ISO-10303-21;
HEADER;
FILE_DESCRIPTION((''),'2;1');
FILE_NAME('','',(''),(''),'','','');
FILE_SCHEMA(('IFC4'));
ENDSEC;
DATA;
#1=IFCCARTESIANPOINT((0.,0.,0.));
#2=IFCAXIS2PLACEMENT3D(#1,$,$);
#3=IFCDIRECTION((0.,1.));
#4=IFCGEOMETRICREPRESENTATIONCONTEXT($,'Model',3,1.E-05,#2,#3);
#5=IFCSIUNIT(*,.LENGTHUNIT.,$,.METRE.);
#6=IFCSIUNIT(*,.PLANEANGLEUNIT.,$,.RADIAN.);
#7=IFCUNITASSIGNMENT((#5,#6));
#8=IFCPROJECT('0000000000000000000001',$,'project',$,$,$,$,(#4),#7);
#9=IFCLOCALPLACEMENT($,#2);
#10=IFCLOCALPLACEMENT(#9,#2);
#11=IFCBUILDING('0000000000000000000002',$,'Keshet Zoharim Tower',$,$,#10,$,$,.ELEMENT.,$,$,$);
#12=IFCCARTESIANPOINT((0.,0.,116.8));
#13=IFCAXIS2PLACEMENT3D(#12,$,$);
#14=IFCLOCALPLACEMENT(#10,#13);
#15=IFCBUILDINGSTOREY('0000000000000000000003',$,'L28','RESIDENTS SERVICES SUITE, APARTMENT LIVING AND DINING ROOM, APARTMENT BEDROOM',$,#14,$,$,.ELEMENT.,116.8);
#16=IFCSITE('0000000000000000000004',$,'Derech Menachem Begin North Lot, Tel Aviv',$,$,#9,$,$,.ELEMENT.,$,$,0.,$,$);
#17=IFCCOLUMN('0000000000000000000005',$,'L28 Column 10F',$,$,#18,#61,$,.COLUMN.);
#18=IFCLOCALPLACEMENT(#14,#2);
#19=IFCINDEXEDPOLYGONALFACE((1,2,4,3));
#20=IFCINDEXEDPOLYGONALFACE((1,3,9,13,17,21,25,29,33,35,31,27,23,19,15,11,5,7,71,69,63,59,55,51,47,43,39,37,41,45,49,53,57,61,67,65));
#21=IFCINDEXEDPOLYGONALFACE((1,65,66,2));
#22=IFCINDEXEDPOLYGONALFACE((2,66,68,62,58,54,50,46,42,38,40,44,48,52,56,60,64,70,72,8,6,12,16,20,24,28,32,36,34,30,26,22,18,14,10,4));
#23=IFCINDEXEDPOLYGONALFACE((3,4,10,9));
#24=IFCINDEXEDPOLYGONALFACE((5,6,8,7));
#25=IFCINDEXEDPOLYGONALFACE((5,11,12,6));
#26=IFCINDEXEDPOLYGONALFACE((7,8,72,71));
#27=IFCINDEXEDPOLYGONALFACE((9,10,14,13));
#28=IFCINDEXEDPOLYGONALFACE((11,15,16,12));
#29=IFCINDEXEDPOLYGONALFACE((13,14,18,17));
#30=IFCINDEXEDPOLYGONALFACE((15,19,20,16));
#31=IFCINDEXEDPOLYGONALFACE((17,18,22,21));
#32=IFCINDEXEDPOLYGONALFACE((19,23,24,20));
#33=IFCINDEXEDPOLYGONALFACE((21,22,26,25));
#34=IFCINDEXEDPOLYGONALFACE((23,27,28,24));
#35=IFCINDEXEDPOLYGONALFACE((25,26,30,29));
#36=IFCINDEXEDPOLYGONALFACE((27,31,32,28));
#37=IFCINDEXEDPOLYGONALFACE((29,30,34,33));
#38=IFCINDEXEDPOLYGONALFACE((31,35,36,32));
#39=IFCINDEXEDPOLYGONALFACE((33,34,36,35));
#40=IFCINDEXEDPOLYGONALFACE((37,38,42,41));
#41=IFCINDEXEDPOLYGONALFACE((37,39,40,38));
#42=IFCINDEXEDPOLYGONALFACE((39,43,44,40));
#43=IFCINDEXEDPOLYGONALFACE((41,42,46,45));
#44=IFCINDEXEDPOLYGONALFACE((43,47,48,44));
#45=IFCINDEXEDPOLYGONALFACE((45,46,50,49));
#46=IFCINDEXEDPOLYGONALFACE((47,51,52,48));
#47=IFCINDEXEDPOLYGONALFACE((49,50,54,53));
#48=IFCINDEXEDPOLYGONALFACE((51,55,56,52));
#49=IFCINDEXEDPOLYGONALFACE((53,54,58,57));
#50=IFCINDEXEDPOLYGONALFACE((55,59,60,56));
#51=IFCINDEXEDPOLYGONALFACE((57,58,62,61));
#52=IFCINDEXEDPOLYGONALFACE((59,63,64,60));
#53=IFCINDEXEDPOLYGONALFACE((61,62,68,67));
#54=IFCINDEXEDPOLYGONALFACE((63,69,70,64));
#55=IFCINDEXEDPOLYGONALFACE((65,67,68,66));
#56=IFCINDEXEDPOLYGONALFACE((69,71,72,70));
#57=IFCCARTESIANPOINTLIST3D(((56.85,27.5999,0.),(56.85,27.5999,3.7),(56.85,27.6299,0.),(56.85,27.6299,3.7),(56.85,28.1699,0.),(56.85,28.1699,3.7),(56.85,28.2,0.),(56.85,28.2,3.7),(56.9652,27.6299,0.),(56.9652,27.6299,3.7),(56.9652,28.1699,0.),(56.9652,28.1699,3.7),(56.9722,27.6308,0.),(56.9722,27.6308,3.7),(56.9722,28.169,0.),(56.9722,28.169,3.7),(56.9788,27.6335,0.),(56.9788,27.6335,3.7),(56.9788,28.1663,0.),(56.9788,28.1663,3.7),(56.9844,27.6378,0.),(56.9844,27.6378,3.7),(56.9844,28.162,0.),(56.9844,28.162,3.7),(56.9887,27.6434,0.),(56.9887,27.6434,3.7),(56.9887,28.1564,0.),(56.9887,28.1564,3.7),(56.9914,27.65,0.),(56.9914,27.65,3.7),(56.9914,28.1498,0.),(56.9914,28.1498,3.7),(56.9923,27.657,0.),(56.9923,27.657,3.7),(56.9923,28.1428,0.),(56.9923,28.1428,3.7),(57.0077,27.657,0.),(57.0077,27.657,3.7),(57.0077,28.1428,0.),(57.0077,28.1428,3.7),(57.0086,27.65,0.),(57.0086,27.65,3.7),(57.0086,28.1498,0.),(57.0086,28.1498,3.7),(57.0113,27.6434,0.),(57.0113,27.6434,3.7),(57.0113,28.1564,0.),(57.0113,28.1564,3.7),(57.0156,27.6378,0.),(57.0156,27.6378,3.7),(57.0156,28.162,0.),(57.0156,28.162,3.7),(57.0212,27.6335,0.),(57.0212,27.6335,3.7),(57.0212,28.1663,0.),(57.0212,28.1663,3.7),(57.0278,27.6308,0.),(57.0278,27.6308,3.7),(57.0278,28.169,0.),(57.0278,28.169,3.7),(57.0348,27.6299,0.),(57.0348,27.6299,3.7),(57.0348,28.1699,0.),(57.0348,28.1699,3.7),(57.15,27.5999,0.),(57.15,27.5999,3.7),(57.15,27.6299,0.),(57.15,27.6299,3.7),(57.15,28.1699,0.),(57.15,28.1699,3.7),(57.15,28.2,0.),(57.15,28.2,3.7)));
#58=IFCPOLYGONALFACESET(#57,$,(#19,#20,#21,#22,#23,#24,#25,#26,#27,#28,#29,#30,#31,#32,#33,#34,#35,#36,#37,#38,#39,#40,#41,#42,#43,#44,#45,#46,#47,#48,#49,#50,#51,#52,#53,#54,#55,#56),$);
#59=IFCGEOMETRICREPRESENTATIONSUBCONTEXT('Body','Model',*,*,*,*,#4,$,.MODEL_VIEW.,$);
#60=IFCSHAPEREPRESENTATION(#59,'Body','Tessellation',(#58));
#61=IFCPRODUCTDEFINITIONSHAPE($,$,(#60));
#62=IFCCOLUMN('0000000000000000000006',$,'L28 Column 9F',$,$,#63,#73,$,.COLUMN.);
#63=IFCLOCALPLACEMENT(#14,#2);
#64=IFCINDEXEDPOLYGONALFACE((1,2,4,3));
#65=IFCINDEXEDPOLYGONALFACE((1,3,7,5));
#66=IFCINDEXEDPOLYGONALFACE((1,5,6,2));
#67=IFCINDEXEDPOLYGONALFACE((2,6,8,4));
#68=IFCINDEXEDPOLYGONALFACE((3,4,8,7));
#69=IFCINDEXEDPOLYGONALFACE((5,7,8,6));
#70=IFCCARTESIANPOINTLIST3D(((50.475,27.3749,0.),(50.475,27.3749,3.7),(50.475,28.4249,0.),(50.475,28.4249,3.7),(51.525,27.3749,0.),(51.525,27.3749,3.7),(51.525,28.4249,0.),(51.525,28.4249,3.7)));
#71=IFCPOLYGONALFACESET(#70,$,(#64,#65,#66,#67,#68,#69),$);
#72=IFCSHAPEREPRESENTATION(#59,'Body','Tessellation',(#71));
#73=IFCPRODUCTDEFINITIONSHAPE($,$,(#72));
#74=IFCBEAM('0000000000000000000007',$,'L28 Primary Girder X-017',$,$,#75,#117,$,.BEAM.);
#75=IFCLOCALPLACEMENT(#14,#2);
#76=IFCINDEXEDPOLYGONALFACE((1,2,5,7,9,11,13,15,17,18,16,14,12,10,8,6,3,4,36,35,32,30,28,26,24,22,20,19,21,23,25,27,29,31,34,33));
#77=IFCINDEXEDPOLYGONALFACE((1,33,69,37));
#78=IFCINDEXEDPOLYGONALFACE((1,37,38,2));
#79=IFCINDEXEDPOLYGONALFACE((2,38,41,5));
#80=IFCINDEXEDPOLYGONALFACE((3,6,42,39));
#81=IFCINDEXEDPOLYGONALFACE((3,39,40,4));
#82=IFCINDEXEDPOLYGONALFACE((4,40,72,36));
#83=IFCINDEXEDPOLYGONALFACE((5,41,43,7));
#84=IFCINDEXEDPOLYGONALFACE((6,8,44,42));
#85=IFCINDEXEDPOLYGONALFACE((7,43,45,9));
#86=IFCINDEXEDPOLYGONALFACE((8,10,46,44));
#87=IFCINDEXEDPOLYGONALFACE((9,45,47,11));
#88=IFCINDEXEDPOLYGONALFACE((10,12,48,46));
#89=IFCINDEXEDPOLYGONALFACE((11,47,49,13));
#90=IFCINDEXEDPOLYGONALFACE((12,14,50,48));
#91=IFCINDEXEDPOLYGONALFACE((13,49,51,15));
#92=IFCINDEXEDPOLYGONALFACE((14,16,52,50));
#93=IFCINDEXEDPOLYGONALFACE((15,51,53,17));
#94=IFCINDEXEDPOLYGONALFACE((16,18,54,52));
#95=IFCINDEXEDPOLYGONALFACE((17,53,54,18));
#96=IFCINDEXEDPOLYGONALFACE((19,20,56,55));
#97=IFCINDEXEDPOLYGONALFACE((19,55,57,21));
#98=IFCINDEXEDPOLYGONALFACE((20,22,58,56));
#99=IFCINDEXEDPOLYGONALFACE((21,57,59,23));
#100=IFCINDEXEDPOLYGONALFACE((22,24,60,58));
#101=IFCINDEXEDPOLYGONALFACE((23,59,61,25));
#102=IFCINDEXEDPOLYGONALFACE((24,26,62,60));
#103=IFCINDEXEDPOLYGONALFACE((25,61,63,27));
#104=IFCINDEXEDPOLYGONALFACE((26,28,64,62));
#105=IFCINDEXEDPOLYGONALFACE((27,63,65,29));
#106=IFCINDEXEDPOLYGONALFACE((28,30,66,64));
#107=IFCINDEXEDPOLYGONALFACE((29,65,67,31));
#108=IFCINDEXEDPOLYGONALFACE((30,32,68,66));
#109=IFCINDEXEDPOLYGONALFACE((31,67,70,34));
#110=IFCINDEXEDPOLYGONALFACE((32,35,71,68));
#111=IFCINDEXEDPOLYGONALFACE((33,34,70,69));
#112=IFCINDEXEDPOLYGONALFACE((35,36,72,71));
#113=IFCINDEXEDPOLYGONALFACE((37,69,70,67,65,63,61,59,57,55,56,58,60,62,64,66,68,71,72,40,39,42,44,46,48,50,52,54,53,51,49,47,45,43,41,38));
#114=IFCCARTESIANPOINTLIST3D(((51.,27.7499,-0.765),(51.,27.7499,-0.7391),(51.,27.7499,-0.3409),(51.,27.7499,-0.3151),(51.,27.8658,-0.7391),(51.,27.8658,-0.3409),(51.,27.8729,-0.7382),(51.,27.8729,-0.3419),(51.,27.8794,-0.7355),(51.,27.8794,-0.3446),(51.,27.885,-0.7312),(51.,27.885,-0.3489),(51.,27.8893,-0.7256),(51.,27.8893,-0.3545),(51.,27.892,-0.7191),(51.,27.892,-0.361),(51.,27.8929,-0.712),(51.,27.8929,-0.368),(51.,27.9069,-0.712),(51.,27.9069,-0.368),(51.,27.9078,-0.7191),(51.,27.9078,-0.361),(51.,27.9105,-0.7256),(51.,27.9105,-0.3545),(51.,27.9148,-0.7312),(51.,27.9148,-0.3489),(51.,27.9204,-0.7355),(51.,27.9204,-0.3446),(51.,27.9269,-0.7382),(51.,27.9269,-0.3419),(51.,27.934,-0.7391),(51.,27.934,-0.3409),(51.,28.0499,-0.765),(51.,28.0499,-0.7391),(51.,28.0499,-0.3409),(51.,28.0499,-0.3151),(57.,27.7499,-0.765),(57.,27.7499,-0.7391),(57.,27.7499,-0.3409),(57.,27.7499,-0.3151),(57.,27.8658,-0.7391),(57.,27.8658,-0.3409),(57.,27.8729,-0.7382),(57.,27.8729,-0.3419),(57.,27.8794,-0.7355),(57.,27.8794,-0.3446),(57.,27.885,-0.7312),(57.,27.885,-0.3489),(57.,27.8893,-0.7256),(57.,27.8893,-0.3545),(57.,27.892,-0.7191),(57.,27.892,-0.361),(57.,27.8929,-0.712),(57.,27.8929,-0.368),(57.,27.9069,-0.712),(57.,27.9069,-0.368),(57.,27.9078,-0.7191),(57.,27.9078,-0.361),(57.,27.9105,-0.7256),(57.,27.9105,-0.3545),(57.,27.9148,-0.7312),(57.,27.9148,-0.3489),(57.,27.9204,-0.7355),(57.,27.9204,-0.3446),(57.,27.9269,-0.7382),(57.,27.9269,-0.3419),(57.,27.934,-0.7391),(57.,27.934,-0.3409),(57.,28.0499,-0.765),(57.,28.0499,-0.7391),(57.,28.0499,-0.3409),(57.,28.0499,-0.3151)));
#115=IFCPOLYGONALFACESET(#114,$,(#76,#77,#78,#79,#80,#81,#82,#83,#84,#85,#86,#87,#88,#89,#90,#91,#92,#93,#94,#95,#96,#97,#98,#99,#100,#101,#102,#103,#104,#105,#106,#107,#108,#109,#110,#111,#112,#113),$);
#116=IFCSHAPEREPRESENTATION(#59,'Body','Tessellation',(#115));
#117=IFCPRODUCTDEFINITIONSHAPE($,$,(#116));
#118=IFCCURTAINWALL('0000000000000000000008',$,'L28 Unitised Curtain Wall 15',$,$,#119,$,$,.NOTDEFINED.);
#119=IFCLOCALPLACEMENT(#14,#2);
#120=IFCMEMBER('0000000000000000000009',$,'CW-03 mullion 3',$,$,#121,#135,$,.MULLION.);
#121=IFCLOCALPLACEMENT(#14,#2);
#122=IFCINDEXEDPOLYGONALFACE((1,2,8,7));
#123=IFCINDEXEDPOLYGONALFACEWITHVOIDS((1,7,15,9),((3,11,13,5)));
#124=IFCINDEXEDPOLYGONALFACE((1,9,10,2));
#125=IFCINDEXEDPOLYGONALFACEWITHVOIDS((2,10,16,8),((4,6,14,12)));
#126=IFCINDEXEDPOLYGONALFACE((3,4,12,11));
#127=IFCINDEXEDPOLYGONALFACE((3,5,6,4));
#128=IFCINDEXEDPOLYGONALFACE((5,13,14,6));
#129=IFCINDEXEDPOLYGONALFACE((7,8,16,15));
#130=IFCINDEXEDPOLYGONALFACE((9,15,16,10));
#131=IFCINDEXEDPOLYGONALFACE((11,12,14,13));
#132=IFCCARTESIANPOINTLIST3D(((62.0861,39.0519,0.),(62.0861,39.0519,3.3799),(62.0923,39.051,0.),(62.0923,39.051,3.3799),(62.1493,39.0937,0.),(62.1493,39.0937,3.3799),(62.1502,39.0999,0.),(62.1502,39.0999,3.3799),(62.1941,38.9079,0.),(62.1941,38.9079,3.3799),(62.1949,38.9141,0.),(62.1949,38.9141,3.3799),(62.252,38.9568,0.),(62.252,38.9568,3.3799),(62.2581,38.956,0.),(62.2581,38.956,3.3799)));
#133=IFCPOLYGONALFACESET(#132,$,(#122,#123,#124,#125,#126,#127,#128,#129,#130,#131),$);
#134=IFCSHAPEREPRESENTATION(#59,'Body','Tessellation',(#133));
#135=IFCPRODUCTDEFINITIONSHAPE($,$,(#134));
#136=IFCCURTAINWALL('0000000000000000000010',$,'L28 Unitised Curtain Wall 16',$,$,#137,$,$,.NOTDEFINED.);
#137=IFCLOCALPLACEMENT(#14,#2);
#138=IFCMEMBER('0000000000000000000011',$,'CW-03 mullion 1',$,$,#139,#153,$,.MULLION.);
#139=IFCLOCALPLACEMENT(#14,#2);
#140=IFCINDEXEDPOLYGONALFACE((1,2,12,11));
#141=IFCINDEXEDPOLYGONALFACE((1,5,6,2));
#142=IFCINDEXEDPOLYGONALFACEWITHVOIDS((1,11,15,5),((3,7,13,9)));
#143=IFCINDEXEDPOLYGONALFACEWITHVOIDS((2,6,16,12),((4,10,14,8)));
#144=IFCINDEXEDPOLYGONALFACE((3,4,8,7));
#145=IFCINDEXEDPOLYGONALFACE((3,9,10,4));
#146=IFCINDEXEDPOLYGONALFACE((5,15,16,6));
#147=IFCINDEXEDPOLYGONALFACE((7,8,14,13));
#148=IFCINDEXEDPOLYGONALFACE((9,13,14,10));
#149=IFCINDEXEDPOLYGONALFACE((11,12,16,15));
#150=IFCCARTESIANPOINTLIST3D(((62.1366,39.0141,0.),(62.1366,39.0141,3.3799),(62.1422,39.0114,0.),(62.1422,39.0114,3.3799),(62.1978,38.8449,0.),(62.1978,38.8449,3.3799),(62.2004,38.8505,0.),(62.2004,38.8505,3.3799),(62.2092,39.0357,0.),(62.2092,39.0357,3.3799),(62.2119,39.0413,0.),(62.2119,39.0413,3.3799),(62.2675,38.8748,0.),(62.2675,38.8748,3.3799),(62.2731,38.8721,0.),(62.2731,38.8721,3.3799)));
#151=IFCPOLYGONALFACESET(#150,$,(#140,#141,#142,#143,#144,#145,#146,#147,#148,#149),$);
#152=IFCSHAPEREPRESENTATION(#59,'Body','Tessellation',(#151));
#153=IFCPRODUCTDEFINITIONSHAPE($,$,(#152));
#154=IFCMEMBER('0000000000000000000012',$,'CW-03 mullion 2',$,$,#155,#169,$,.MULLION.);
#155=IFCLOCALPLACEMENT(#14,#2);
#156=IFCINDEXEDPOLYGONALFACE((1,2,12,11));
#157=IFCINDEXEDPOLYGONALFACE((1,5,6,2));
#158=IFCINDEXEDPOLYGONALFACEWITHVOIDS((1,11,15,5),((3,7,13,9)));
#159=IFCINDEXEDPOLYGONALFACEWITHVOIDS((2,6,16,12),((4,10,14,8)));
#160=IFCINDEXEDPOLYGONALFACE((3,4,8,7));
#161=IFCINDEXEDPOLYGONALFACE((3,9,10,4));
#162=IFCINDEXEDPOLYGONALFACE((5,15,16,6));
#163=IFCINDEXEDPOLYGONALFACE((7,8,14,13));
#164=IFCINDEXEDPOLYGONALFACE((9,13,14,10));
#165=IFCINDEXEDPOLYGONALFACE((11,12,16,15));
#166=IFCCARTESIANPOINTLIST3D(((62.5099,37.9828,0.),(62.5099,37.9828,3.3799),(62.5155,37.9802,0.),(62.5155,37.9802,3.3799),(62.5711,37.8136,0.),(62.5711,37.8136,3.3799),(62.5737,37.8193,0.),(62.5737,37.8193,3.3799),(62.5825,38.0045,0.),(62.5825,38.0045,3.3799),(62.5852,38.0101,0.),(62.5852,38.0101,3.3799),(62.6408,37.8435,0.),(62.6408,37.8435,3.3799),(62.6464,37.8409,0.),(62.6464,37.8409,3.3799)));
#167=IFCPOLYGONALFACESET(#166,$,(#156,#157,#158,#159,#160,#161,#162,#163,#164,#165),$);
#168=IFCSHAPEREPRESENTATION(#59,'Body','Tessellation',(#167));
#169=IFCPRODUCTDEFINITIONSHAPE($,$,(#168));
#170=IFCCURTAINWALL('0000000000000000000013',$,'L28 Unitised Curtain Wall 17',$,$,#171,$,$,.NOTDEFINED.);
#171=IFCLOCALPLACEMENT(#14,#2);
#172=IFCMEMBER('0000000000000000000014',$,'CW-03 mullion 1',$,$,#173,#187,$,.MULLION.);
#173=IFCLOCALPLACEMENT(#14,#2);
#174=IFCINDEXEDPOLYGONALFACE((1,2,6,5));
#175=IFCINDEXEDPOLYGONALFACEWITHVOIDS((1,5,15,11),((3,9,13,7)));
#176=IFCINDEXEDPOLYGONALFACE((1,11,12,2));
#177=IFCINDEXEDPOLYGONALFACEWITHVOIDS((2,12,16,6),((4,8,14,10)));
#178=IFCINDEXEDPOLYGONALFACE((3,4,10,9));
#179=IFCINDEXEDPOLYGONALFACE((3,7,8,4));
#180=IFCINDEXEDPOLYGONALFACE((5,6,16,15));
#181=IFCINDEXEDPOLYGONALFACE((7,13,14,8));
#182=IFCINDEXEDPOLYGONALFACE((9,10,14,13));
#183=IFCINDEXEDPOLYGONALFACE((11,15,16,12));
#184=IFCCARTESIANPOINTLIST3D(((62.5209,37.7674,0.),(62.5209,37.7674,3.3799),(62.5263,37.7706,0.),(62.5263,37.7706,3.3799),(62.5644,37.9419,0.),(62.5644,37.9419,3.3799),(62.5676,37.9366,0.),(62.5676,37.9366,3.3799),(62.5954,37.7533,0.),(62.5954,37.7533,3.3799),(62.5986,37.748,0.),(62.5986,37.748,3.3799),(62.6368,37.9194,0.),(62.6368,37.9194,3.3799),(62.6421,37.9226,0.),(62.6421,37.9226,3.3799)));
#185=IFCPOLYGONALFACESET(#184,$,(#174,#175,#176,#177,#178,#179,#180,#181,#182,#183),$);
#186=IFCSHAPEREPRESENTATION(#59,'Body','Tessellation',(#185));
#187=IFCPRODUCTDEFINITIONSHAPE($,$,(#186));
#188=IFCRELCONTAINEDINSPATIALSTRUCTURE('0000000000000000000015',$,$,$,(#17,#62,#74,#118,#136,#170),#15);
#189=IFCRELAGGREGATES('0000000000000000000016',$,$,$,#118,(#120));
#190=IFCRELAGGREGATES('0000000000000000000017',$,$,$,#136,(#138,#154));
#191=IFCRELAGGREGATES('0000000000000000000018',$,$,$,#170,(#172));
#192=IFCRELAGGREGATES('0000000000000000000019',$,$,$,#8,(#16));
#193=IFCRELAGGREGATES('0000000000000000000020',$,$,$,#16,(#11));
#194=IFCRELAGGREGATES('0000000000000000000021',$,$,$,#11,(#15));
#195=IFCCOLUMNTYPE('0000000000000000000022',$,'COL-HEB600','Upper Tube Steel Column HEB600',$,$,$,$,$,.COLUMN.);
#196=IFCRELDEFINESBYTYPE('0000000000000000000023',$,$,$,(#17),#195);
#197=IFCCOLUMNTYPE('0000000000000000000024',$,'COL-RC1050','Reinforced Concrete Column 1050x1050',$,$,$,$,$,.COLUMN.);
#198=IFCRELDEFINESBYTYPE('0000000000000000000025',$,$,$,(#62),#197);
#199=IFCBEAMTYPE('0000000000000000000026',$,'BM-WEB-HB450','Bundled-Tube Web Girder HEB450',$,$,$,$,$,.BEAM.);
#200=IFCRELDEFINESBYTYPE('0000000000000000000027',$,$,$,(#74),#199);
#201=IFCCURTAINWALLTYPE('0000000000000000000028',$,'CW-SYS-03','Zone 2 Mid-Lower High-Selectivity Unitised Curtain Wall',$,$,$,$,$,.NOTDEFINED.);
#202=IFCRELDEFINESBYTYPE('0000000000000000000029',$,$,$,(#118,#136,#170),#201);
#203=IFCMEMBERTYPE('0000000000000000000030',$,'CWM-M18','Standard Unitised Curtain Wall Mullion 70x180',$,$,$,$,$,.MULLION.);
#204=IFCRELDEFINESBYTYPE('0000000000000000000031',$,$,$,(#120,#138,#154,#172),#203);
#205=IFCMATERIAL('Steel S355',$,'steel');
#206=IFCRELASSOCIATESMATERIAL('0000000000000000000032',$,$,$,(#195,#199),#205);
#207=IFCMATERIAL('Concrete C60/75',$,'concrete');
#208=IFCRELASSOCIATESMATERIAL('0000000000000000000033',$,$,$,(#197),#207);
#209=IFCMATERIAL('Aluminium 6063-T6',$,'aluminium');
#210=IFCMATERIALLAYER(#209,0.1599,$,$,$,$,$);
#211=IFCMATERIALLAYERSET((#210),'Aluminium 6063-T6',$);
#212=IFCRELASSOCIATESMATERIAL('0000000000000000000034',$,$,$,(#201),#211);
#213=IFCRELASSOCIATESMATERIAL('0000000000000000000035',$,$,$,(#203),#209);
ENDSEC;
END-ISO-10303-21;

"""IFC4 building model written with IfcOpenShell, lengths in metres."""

from ifc_helpers import new_model, si_unit, direction, frame, origin, origin_2d, place, context, subcontext, project, spatial, rectangle, hollow_rectangle, i_section, extrude, material, layer, layer_set, material_profile, profile_set, type_object, element, aggregate, save


model = new_model("IFC4")

# Units and contexts
model_context = context("Model", 3, precision=1e-05, world=origin(), true_north=direction((0.0, 1.0)))
body_context = subcontext(model_context, "Body", "Model", "MODEL_VIEW")
ifc_project = project(units=[si_unit("LENGTHUNIT", "METRE"), si_unit("PLANEANGLEUNIT", "RADIAN")], contexts=[model_context])

# Site, building, storey
site_placement = place(None, origin())
site = spatial("IfcSite", under=ifc_project, at=site_placement, Name="Derech Menachem Begin North Lot, Tel Aviv", CompositionType="ELEMENT", RefElevation=0.0)
building_placement = place(site_placement, origin())
building = spatial("IfcBuilding", under=site, at=building_placement, Name="Keshet Zoharim Tower", CompositionType="ELEMENT")
storey_placement = place(building_placement, frame((0.0, 0.0, 116.8)))
storey = spatial("IfcBuildingStorey", under=building, at=storey_placement, Name="L28", Description="RESIDENTS SERVICES SUITE, APARTMENT LIVING AND DINING ROOM, APARTMENT BEDROOM", CompositionType="ELEMENT", Elevation=116.8)

# Columns
ifc_material_1 = material(Name="Steel S355", Category="steel")
ifc_material_profile_1 = material_profile(ifc_material_1, i_section(OverallWidth=0.3, OverallDepth=0.6001, WebThickness=0.0154, FlangeThickness=0.03, FilletRadius=0.0271, at=origin_2d()), Name="HEB600")
ifc_profile_set_1 = profile_set([ifc_material_profile_1], Name="Steel S355")
column_type_1 = type_object("IfcColumnType", Name="COL-HEB600", Description="Upper Tube Steel Column HEB600", PredefinedType="COLUMN", material=ifc_profile_set_1)
column_1_placement = place(storey_placement, frame((57.0, 27.8999, 0.0), z_axis=(0.0, 0.0, 1.0), x_axis=(1.0, 0.0, 0.0)))
element("IfcColumn", 1, at=column_1_placement, inside=storey, type_object=column_type_1, Name="L28 Column 10F", PredefinedType="COLUMN", context=body_context, shape_type="SweptSolid", body=[
    extrude(i_section(OverallWidth=0.3, OverallDepth=0.6001, WebThickness=0.0154, FlangeThickness=0.03, FilletRadius=0.0271, at=origin_2d()), origin(), (0.0, 0.0, 1.0), 3.7),
])
ifc_material_2 = material(Name="Concrete C60/75", Category="concrete")
ifc_material_profile_2 = material_profile(ifc_material_2, rectangle(XDim=1.05, YDim=1.05, at=origin_2d()), Name="RC1050x1050")
ifc_profile_set_2 = profile_set([ifc_material_profile_2], Name="Concrete C60/75")
column_type_2 = type_object("IfcColumnType", Name="COL-RC1050", Description="Reinforced Concrete Column 1050x1050", PredefinedType="COLUMN", material=ifc_profile_set_2)
column_2_placement = place(storey_placement, frame((51.0, 27.8999, 0.0), z_axis=(0.0, 0.0, 1.0), x_axis=(1.0, 0.0, 0.0)))
element("IfcColumn", 2, at=column_2_placement, inside=storey, type_object=column_type_2, Name="L28 Column 9F", PredefinedType="COLUMN", context=body_context, shape_type="SweptSolid", body=[
    extrude(rectangle(XDim=1.05, YDim=1.05, at=origin_2d()), origin(), (0.0, 0.0, 1.0), 3.7),
])

# Beam
ifc_material_profile_3 = material_profile(ifc_material_1, i_section(OverallWidth=0.3, OverallDepth=0.45, WebThickness=0.0139, FlangeThickness=0.0259, FilletRadius=0.0271, at=origin_2d()), Name="HEB450")
ifc_profile_set_3 = profile_set([ifc_material_profile_3], Name="Steel S355")
beam_type = type_object("IfcBeamType", Name="BM-WEB-HB450", Description="Bundled-Tube Web Girder HEB450", PredefinedType="BEAM", material=ifc_profile_set_3)
beam_placement = place(storey_placement, frame((51.0, 27.8999, -0.54), z_axis=(1.0, 0.0, 0.0), x_axis=(0.0, 1.0, 0.0)))
element("IfcBeam", 3, at=beam_placement, inside=storey, type_object=beam_type, Name="L28 Primary Girder X-017", PredefinedType="BEAM", context=body_context, shape_type="SweptSolid", body=[
    extrude(i_section(OverallWidth=0.3, OverallDepth=0.45, WebThickness=0.0139, FlangeThickness=0.0259, FilletRadius=0.0271, at=origin_2d()), origin(), (0.0, 0.0, 1.0), 6.0),
])

# Curtain wall, member
ifc_material_3 = material(Name="Aluminium 6063-T6", Category="aluminium")
ifc_layer_1 = layer(ifc_material_3, 0.1599)
ifc_layer_set_1 = layer_set([ifc_layer_1], Name="Aluminium 6063-T6")
curtain_wall_type = type_object("IfcCurtainWallType", Name="CW-SYS-03", Description="Zone 2 Mid-Lower High-Selectivity Unitised Curtain Wall", PredefinedType="NOTDEFINED", material=ifc_layer_set_1)
curtain_wall_1_placement = place(storey_placement, origin())
curtain_wall_1 = element("IfcCurtainWall", 4, at=curtain_wall_1_placement, inside=storey, type_object=curtain_wall_type, Name="L28 Unitised Curtain Wall 15", PredefinedType="NOTDEFINED")
ifc_material_profile_4 = material_profile(ifc_material_3, hollow_rectangle(XDim=0.0801, YDim=0.1799, WallThickness=0.0044, at=origin_2d()), Name="MUL-80x180")
ifc_profile_set_4 = profile_set([ifc_material_profile_4], Name="Aluminium 6063-T6")
member_type_1 = type_object("IfcMemberType", Name="CWM-M18", Description="Standard Unitised Curtain Wall Mullion 70x180", PredefinedType="MULLION", material=ifc_profile_set_4)
member_1_placement = place(storey_placement, frame((62.1721, 39.0039, 0.0), z_axis=(0.0, 0.0, 1.0), x_axis=(0.8, 0.6, 0.0)))
member_1 = element("IfcMember", 5, at=member_1_placement, type_object=member_type_1, Name="CW-03 mullion 3", PredefinedType="MULLION", context=body_context, shape_type="SweptSolid", body=[
    extrude(hollow_rectangle(XDim=0.0801, YDim=0.1799, WallThickness=0.0044, at=origin_2d()), origin(), (0.0, 0.0, 1.0), 3.3799),
])
aggregate(curtain_wall_1, [member_1])

# Curtain walls, members
curtain_wall_2_placement = place(storey_placement, origin())
curtain_wall_2 = element("IfcCurtainWall", 6, at=curtain_wall_2_placement, inside=storey, type_object=curtain_wall_type, Name="L28 Unitised Curtain Wall 16", PredefinedType="NOTDEFINED")
member_2_placement = place(storey_placement, frame((62.2048, 38.9431, 0.0), z_axis=(0.0, 0.0, 1.0), x_axis=(0.940318, 0.340297, 0.0)))
member_2 = element("IfcMember", 7, at=member_2_placement, type_object=member_type_1, Name="CW-03 mullion 1", PredefinedType="MULLION", context=body_context, shape_type="SweptSolid", body=[
    extrude(hollow_rectangle(XDim=0.0801, YDim=0.1799, WallThickness=0.0044, at=origin_2d()), origin(), (0.0, 0.0, 1.0), 3.3799),
])
member_3_placement = place(storey_placement, frame((62.5781, 37.9119, 0.0), z_axis=(0.0, 0.0, 1.0), x_axis=(0.940318, 0.340297, 0.0)))
member_3 = element("IfcMember", 8, at=member_3_placement, type_object=member_type_1, Name="CW-03 mullion 2", PredefinedType="MULLION", context=body_context, shape_type="SweptSolid", body=[
    extrude(hollow_rectangle(XDim=0.0801, YDim=0.1799, WallThickness=0.0044, at=origin_2d()), origin(), (0.0, 0.0, 1.0), 3.3799),
])
curtain_wall_3_placement = place(storey_placement, origin())
curtain_wall_3 = element("IfcCurtainWall", 9, at=curtain_wall_3_placement, inside=storey, type_object=curtain_wall_type, Name="L28 Unitised Curtain Wall 17", PredefinedType="NOTDEFINED")
member_4_placement = place(storey_placement, frame((62.5815, 37.845, 0.0), z_axis=(0.0, 0.0, 1.0), x_axis=(0.970344, -0.241729, 0.0)))
member_4 = element("IfcMember", 10, at=member_4_placement, type_object=member_type_1, Name="CW-03 mullion 1", PredefinedType="MULLION", context=body_context, shape_type="SweptSolid", body=[
    extrude(hollow_rectangle(XDim=0.0801, YDim=0.1799, WallThickness=0.0044, at=origin_2d()), origin(), (0.0, 0.0, 1.0), 3.3799),
])

aggregate(curtain_wall_2, [member_2, member_3])
aggregate(curtain_wall_3, [member_4])

save(model, "model.ifc")
